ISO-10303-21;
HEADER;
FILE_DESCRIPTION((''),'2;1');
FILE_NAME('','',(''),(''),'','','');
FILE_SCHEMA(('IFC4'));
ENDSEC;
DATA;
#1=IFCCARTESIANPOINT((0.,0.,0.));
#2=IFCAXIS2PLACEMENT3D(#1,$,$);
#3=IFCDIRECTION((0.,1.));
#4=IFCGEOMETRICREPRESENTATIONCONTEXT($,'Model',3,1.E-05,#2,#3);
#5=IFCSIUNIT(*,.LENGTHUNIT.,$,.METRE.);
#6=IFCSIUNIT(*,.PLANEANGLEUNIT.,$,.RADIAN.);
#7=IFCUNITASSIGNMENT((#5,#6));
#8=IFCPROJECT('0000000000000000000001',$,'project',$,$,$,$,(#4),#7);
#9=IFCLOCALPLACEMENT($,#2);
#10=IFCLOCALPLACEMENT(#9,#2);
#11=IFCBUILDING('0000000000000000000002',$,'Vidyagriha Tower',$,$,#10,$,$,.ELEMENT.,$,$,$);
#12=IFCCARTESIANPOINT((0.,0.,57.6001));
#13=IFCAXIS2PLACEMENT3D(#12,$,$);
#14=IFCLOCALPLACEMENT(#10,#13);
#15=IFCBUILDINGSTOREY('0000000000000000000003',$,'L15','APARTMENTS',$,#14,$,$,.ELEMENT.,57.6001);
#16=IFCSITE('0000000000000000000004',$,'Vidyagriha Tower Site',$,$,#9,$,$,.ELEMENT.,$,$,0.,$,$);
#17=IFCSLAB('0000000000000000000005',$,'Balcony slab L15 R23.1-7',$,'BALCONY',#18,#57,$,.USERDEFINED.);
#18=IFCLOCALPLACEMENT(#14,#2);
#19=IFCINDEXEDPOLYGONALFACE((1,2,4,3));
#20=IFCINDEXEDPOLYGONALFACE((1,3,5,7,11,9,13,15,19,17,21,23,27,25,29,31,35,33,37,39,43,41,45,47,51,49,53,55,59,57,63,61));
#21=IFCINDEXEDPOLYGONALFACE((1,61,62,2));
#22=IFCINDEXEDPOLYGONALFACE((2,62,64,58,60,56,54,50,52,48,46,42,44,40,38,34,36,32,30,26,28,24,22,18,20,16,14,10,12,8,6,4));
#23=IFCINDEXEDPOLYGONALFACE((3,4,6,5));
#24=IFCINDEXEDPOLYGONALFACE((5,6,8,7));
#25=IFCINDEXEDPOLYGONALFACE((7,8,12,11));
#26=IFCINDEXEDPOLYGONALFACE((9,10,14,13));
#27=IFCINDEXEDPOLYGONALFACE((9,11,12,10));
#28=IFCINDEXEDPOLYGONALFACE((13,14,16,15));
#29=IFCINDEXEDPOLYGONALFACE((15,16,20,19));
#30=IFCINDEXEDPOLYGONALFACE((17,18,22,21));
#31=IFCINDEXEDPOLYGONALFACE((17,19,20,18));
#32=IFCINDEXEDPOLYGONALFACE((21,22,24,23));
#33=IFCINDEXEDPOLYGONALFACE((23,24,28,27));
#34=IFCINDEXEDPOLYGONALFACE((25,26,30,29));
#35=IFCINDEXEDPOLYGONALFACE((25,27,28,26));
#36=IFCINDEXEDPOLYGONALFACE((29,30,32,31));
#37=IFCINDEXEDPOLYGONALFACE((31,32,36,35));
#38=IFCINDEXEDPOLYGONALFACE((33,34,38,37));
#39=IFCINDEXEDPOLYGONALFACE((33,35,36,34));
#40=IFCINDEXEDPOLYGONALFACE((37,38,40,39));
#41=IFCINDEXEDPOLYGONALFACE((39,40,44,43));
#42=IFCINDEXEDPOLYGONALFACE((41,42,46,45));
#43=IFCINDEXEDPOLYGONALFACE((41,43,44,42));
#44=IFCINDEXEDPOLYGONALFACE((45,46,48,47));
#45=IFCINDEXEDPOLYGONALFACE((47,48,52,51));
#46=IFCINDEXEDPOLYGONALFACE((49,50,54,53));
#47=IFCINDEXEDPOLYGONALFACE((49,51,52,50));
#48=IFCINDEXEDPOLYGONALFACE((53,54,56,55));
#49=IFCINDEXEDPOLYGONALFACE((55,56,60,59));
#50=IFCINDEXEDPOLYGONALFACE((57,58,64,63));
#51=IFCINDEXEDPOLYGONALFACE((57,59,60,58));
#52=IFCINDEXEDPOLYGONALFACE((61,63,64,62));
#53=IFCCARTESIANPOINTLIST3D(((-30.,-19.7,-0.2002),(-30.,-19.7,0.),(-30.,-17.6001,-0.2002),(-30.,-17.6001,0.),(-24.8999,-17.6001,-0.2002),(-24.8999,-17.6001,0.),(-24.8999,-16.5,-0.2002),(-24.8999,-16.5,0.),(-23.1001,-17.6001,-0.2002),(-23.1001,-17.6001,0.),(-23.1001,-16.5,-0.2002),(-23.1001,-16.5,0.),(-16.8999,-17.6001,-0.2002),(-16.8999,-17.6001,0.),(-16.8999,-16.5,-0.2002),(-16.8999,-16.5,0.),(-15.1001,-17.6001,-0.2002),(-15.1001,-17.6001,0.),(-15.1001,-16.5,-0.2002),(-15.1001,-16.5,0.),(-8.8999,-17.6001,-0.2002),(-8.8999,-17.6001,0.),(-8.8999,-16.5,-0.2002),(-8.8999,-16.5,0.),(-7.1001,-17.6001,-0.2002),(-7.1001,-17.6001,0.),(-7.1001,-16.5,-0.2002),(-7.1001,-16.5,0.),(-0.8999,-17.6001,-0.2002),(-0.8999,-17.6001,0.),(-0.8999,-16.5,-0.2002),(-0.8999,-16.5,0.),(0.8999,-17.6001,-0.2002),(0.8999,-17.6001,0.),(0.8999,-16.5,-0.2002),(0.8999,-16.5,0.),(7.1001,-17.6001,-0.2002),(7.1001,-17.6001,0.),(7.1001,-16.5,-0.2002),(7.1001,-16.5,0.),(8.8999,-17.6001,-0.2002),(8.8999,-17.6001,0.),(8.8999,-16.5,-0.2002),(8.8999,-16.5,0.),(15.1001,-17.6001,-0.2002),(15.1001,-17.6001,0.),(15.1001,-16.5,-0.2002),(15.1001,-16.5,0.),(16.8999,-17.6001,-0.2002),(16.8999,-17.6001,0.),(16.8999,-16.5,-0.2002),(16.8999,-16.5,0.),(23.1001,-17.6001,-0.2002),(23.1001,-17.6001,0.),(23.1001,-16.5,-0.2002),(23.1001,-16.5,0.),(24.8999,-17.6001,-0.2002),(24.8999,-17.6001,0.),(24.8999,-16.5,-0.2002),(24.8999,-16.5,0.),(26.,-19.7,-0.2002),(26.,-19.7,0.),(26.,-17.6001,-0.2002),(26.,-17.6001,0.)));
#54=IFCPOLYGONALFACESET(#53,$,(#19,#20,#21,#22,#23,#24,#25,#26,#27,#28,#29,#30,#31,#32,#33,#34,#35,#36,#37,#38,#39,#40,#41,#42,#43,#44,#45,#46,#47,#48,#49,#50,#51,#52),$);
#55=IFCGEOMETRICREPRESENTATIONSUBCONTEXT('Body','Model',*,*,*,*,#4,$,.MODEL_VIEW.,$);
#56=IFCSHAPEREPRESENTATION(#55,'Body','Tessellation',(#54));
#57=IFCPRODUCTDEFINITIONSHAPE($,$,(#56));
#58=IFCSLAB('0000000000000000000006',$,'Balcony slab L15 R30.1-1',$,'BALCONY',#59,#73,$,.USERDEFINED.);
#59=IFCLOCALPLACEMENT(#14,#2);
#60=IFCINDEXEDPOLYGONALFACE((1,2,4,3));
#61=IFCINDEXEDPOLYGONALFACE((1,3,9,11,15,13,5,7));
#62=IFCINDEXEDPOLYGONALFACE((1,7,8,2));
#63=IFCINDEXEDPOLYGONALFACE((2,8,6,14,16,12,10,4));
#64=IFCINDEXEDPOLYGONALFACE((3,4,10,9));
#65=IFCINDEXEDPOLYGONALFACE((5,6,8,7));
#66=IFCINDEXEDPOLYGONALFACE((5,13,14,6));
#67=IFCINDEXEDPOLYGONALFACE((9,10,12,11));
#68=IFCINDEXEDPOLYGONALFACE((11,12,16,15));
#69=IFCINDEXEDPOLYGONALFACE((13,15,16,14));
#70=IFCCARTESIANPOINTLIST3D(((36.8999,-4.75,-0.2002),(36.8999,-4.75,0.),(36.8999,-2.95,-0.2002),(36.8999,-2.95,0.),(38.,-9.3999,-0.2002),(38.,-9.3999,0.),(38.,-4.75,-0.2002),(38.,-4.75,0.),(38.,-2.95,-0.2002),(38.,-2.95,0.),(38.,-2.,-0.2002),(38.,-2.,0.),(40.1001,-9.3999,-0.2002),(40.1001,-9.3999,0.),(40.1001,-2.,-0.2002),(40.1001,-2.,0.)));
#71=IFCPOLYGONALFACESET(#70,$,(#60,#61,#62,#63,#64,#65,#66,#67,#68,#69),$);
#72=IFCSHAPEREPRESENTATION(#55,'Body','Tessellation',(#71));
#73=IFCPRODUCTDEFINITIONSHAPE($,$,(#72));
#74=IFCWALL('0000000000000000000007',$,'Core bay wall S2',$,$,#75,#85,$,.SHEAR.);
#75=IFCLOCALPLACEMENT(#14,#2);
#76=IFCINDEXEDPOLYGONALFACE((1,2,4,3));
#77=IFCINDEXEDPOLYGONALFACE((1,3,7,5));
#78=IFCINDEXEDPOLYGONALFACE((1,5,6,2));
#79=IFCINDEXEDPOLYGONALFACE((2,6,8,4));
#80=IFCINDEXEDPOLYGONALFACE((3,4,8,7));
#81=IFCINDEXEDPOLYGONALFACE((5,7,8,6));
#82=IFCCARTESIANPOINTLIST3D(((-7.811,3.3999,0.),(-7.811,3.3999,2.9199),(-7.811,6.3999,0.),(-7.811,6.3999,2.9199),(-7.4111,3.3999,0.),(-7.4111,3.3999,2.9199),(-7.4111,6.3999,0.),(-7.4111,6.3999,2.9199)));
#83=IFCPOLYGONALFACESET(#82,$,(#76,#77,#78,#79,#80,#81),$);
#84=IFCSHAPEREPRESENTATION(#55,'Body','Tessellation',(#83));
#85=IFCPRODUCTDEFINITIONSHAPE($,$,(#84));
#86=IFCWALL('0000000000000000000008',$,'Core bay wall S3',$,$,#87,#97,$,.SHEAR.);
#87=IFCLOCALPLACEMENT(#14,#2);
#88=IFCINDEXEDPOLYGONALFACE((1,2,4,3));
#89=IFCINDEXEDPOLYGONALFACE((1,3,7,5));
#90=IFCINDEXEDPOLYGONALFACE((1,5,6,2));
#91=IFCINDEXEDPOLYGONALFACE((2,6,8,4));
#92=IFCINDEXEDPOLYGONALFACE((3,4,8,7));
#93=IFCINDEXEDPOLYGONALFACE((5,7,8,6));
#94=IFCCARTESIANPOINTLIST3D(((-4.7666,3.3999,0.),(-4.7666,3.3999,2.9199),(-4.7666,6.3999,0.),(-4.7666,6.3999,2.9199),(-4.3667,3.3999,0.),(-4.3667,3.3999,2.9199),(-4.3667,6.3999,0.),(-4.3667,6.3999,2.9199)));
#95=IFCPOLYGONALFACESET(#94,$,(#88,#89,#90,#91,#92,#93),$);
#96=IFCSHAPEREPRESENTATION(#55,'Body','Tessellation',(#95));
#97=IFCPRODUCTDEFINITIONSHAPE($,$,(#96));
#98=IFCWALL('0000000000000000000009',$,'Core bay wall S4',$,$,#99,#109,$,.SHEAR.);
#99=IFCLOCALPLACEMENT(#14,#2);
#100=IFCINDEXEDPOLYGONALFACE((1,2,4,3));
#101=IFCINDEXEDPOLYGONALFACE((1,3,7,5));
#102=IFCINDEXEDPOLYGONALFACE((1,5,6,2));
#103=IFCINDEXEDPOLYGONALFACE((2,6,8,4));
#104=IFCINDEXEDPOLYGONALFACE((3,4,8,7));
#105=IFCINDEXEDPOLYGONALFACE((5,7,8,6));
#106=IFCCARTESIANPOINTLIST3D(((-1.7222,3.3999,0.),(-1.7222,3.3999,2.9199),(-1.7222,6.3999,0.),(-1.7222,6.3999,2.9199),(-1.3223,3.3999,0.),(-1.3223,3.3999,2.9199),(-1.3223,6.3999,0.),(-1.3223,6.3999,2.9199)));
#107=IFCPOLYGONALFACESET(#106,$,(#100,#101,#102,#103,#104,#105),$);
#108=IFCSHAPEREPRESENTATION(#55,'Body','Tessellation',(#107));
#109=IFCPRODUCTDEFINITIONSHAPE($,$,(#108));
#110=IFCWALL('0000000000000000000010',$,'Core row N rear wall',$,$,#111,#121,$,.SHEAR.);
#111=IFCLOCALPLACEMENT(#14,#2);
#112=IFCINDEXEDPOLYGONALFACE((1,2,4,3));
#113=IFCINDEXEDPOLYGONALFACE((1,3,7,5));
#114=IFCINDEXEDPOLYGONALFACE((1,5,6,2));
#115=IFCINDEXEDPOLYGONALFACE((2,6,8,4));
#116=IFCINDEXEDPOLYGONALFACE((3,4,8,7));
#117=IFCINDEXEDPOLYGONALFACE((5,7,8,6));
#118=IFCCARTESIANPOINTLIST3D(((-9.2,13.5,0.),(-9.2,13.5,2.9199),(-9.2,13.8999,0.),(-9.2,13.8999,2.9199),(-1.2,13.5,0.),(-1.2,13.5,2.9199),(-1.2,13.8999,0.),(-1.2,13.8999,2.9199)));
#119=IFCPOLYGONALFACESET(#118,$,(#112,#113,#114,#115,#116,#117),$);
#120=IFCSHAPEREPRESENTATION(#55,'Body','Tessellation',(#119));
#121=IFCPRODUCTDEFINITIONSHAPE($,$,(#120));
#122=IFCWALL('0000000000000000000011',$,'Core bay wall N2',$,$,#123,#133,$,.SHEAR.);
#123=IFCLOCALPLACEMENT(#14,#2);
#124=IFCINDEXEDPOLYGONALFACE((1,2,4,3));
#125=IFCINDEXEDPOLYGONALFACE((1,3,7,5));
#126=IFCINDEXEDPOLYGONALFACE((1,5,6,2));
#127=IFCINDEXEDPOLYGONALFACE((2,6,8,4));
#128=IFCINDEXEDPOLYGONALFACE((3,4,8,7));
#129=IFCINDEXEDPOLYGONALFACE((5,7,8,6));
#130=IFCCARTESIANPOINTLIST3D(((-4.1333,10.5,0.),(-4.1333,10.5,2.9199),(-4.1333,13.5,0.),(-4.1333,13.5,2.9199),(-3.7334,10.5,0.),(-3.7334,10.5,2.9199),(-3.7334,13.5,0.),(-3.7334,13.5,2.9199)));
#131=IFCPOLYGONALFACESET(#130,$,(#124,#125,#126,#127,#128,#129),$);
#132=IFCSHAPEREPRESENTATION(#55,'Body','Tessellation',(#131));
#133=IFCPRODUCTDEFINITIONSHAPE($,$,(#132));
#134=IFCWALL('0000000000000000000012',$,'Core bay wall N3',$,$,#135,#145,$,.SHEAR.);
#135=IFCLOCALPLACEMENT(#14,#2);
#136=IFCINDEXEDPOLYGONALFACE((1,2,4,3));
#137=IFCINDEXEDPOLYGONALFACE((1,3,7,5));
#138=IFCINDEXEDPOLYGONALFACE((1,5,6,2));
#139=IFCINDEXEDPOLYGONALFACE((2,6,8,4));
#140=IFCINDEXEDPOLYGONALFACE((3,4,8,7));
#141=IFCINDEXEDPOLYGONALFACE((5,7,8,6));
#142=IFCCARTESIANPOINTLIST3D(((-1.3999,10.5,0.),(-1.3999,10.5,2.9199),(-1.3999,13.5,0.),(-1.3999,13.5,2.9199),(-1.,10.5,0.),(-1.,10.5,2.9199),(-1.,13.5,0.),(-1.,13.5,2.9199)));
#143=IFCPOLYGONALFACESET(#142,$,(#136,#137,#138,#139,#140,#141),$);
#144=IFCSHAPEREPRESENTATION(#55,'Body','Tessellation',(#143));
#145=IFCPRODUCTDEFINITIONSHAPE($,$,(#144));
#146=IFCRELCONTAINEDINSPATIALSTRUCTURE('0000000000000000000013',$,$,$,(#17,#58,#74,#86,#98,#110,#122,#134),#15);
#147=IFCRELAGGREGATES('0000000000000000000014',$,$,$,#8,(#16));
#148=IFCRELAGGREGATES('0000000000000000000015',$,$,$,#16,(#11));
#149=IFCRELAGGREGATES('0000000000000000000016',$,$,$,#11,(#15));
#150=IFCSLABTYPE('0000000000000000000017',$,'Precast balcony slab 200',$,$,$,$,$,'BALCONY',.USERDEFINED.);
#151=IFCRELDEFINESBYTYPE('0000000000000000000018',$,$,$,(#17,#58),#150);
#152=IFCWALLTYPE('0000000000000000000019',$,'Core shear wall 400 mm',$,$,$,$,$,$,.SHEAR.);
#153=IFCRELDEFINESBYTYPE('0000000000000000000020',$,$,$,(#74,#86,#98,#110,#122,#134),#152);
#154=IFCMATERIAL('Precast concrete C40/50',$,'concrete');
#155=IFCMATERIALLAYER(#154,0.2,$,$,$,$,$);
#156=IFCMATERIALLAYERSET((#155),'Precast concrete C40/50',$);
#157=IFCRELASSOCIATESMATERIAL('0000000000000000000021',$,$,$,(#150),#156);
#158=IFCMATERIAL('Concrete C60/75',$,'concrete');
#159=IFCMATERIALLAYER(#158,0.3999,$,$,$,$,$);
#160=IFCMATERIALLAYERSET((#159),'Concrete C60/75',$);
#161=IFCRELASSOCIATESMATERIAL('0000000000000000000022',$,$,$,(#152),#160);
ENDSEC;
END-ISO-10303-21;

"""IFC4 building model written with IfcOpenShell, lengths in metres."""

from ifc_helpers import new_model, si_unit, direction, frame, frame_2d, origin, place, context, subcontext, project, spatial, polyline, rectangle, outline, extrude, material, layer, layer_set, type_object, element, save


model = new_model("IFC4")

# Units and contexts
model_context = context("Model", 3, precision=1e-05, world=origin(), true_north=direction((0.0, 1.0)))
body_context = subcontext(model_context, "Body", "Model", "MODEL_VIEW")
ifc_project = project(units=[si_unit("LENGTHUNIT", "METRE"), si_unit("PLANEANGLEUNIT", "RADIAN")], contexts=[model_context])

# Site, building, storey
site_placement = place(None, origin())
site = spatial("IfcSite", under=ifc_project, at=site_placement, Name="Vidyagriha Tower Site", CompositionType="ELEMENT", RefElevation=0.0)
building_placement = place(site_placement, origin())
building = spatial("IfcBuilding", under=site, at=building_placement, Name="Vidyagriha Tower", CompositionType="ELEMENT")
storey_placement = place(building_placement, frame((0.0, 0.0, 57.6001)))
storey = spatial("IfcBuildingStorey", under=building, at=storey_placement, Name="L15", Description="APARTMENTS", CompositionType="ELEMENT", Elevation=57.6001)

# Slabs
ifc_material_1 = material(Name="Precast concrete C40/50", Category="concrete")
ifc_layer_1 = layer(ifc_material_1, 0.2)
ifc_layer_set_1 = layer_set([ifc_layer_1], Name="Precast concrete C40/50")
slab_type_1 = type_object("IfcSlabType", Name="Precast balcony slab 200", ElementType="BALCONY", PredefinedType="USERDEFINED", material=ifc_layer_set_1)
slab_1_placement = place(storey_placement, frame((0.0, 0.0, -0.2002)))
element("IfcSlab", 1, at=slab_1_placement, inside=storey, type_object=slab_type_1, Name="Balcony slab L15 R23.1-7", ObjectType="BALCONY", PredefinedType="USERDEFINED", context=body_context, shape_type="SweptSolid", body=[
    extrude(outline(polyline([(-23.1001, -16.5), (-24.8999, -16.5), (-24.8999, -17.6001), (-30.0, -17.6001), (-30.0, -19.7), (26.0, -19.7), (26.0, -17.6001), (24.8999, -17.6001), (24.8999, -16.5), (23.1001, -16.5), (23.1001, -17.6001), (16.8999, -17.6001), (16.8999, -16.5), (15.1001, -16.5), (15.1001, -17.6001), (8.8999, -17.6001), (8.8999, -16.5), (7.1001, -16.5), (7.1001, -17.6001), (0.8999, -17.6001), (0.8999, -16.5), (-0.8999, -16.5), (-0.8999, -17.6001), (-7.1001, -17.6001), (-7.1001, -16.5), (-8.8999, -16.5), (-8.8999, -17.6001), (-15.1001, -17.6001), (-15.1001, -16.5), (-16.8999, -16.5), (-16.8999, -17.6001), (-23.1001, -17.6001), (-23.1001, -16.5)])), origin(), (0.0, 0.0, 1.0), 0.2002),
])
slab_2_placement = place(storey_placement, frame((0.0, 0.0, -0.2002)))
element("IfcSlab", 2, at=slab_2_placement, inside=storey, type_object=slab_type_1, Name="Balcony slab L15 R30.1-1", ObjectType="BALCONY", PredefinedType="USERDEFINED", context=body_context, shape_type="SweptSolid", body=[
    extrude(outline(polyline([(38.0, -4.75), (38.0, -9.3999), (40.1001, -9.3999), (40.1001, -2.0), (38.0, -2.0), (38.0, -2.95), (36.8999, -2.95), (36.8999, -4.75), (38.0, -4.75)])), origin(), (0.0, 0.0, 1.0), 0.2002),
])

# Walls
ifc_material_2 = material(Name="Concrete C60/75", Category="concrete")
ifc_layer_2 = layer(ifc_material_2, 0.3999)
ifc_layer_set_2 = layer_set([ifc_layer_2], Name="Concrete C60/75")
wall_type_1 = type_object("IfcWallType", Name="Core shear wall 400 mm", PredefinedType="SHEAR", material=ifc_layer_set_2)
for number, where, z_axis, x_axis, name in (
    (3, (-7.6111, 3.3999, 0.0), (0.0, 0.0, 1.0), (0.0, 1.0, 0.0), "Core bay wall S2"),
    (4, (-4.5667, 3.3999, 0.0), (0.0, 0.0, 1.0), (0.0, 1.0, 0.0), "Core bay wall S3"),
    (5, (-1.5222, 3.3999, 0.0), (0.0, 0.0, 1.0), (0.0, 1.0, 0.0), "Core bay wall S4"),
):
    element("IfcWall", number, at=place(storey_placement, frame(where, z_axis=z_axis, x_axis=x_axis)), inside=storey, type_object=wall_type_1, Name=name, PredefinedType="SHEAR", context=body_context, shape_type="SweptSolid", body=[
        extrude(rectangle(XDim=3.0, YDim=0.3999, at=frame_2d((1.5, 0.0))), origin(), (0.0, 0.0, 1.0), 2.9199),
    ])
wall_1_placement = place(storey_placement, frame((-9.2, 13.7, 0.0)))
element("IfcWall", 6, at=wall_1_placement, inside=storey, type_object=wall_type_1, Name="Core row N rear wall", PredefinedType="SHEAR", context=body_context, shape_type="SweptSolid", body=[
    extrude(rectangle(XDim=8.0, YDim=0.3999, at=frame_2d((4.0, 0.0))), origin(), (0.0, 0.0, 1.0), 2.9199),
])
for number, where, z_axis, x_axis, name in (
    (7, (-3.9333, 10.5, 0.0), (0.0, 0.0, 1.0), (0.0, 1.0, 0.0), "Core bay wall N2"),
    (8, (-1.2, 10.5, 0.0), (0.0, 0.0, 1.0), (0.0, 1.0, 0.0), "Core bay wall N3"),
):
    element("IfcWall", number, at=place(storey_placement, frame(where, z_axis=z_axis, x_axis=x_axis)), inside=storey, type_object=wall_type_1, Name=name, PredefinedType="SHEAR", context=body_context, shape_type="SweptSolid", body=[
        extrude(rectangle(XDim=3.0, YDim=0.3999, at=frame_2d((1.5, 0.0))), origin(), (0.0, 0.0, 1.0), 2.9199),
    ])

save(model, "model.ifc")
